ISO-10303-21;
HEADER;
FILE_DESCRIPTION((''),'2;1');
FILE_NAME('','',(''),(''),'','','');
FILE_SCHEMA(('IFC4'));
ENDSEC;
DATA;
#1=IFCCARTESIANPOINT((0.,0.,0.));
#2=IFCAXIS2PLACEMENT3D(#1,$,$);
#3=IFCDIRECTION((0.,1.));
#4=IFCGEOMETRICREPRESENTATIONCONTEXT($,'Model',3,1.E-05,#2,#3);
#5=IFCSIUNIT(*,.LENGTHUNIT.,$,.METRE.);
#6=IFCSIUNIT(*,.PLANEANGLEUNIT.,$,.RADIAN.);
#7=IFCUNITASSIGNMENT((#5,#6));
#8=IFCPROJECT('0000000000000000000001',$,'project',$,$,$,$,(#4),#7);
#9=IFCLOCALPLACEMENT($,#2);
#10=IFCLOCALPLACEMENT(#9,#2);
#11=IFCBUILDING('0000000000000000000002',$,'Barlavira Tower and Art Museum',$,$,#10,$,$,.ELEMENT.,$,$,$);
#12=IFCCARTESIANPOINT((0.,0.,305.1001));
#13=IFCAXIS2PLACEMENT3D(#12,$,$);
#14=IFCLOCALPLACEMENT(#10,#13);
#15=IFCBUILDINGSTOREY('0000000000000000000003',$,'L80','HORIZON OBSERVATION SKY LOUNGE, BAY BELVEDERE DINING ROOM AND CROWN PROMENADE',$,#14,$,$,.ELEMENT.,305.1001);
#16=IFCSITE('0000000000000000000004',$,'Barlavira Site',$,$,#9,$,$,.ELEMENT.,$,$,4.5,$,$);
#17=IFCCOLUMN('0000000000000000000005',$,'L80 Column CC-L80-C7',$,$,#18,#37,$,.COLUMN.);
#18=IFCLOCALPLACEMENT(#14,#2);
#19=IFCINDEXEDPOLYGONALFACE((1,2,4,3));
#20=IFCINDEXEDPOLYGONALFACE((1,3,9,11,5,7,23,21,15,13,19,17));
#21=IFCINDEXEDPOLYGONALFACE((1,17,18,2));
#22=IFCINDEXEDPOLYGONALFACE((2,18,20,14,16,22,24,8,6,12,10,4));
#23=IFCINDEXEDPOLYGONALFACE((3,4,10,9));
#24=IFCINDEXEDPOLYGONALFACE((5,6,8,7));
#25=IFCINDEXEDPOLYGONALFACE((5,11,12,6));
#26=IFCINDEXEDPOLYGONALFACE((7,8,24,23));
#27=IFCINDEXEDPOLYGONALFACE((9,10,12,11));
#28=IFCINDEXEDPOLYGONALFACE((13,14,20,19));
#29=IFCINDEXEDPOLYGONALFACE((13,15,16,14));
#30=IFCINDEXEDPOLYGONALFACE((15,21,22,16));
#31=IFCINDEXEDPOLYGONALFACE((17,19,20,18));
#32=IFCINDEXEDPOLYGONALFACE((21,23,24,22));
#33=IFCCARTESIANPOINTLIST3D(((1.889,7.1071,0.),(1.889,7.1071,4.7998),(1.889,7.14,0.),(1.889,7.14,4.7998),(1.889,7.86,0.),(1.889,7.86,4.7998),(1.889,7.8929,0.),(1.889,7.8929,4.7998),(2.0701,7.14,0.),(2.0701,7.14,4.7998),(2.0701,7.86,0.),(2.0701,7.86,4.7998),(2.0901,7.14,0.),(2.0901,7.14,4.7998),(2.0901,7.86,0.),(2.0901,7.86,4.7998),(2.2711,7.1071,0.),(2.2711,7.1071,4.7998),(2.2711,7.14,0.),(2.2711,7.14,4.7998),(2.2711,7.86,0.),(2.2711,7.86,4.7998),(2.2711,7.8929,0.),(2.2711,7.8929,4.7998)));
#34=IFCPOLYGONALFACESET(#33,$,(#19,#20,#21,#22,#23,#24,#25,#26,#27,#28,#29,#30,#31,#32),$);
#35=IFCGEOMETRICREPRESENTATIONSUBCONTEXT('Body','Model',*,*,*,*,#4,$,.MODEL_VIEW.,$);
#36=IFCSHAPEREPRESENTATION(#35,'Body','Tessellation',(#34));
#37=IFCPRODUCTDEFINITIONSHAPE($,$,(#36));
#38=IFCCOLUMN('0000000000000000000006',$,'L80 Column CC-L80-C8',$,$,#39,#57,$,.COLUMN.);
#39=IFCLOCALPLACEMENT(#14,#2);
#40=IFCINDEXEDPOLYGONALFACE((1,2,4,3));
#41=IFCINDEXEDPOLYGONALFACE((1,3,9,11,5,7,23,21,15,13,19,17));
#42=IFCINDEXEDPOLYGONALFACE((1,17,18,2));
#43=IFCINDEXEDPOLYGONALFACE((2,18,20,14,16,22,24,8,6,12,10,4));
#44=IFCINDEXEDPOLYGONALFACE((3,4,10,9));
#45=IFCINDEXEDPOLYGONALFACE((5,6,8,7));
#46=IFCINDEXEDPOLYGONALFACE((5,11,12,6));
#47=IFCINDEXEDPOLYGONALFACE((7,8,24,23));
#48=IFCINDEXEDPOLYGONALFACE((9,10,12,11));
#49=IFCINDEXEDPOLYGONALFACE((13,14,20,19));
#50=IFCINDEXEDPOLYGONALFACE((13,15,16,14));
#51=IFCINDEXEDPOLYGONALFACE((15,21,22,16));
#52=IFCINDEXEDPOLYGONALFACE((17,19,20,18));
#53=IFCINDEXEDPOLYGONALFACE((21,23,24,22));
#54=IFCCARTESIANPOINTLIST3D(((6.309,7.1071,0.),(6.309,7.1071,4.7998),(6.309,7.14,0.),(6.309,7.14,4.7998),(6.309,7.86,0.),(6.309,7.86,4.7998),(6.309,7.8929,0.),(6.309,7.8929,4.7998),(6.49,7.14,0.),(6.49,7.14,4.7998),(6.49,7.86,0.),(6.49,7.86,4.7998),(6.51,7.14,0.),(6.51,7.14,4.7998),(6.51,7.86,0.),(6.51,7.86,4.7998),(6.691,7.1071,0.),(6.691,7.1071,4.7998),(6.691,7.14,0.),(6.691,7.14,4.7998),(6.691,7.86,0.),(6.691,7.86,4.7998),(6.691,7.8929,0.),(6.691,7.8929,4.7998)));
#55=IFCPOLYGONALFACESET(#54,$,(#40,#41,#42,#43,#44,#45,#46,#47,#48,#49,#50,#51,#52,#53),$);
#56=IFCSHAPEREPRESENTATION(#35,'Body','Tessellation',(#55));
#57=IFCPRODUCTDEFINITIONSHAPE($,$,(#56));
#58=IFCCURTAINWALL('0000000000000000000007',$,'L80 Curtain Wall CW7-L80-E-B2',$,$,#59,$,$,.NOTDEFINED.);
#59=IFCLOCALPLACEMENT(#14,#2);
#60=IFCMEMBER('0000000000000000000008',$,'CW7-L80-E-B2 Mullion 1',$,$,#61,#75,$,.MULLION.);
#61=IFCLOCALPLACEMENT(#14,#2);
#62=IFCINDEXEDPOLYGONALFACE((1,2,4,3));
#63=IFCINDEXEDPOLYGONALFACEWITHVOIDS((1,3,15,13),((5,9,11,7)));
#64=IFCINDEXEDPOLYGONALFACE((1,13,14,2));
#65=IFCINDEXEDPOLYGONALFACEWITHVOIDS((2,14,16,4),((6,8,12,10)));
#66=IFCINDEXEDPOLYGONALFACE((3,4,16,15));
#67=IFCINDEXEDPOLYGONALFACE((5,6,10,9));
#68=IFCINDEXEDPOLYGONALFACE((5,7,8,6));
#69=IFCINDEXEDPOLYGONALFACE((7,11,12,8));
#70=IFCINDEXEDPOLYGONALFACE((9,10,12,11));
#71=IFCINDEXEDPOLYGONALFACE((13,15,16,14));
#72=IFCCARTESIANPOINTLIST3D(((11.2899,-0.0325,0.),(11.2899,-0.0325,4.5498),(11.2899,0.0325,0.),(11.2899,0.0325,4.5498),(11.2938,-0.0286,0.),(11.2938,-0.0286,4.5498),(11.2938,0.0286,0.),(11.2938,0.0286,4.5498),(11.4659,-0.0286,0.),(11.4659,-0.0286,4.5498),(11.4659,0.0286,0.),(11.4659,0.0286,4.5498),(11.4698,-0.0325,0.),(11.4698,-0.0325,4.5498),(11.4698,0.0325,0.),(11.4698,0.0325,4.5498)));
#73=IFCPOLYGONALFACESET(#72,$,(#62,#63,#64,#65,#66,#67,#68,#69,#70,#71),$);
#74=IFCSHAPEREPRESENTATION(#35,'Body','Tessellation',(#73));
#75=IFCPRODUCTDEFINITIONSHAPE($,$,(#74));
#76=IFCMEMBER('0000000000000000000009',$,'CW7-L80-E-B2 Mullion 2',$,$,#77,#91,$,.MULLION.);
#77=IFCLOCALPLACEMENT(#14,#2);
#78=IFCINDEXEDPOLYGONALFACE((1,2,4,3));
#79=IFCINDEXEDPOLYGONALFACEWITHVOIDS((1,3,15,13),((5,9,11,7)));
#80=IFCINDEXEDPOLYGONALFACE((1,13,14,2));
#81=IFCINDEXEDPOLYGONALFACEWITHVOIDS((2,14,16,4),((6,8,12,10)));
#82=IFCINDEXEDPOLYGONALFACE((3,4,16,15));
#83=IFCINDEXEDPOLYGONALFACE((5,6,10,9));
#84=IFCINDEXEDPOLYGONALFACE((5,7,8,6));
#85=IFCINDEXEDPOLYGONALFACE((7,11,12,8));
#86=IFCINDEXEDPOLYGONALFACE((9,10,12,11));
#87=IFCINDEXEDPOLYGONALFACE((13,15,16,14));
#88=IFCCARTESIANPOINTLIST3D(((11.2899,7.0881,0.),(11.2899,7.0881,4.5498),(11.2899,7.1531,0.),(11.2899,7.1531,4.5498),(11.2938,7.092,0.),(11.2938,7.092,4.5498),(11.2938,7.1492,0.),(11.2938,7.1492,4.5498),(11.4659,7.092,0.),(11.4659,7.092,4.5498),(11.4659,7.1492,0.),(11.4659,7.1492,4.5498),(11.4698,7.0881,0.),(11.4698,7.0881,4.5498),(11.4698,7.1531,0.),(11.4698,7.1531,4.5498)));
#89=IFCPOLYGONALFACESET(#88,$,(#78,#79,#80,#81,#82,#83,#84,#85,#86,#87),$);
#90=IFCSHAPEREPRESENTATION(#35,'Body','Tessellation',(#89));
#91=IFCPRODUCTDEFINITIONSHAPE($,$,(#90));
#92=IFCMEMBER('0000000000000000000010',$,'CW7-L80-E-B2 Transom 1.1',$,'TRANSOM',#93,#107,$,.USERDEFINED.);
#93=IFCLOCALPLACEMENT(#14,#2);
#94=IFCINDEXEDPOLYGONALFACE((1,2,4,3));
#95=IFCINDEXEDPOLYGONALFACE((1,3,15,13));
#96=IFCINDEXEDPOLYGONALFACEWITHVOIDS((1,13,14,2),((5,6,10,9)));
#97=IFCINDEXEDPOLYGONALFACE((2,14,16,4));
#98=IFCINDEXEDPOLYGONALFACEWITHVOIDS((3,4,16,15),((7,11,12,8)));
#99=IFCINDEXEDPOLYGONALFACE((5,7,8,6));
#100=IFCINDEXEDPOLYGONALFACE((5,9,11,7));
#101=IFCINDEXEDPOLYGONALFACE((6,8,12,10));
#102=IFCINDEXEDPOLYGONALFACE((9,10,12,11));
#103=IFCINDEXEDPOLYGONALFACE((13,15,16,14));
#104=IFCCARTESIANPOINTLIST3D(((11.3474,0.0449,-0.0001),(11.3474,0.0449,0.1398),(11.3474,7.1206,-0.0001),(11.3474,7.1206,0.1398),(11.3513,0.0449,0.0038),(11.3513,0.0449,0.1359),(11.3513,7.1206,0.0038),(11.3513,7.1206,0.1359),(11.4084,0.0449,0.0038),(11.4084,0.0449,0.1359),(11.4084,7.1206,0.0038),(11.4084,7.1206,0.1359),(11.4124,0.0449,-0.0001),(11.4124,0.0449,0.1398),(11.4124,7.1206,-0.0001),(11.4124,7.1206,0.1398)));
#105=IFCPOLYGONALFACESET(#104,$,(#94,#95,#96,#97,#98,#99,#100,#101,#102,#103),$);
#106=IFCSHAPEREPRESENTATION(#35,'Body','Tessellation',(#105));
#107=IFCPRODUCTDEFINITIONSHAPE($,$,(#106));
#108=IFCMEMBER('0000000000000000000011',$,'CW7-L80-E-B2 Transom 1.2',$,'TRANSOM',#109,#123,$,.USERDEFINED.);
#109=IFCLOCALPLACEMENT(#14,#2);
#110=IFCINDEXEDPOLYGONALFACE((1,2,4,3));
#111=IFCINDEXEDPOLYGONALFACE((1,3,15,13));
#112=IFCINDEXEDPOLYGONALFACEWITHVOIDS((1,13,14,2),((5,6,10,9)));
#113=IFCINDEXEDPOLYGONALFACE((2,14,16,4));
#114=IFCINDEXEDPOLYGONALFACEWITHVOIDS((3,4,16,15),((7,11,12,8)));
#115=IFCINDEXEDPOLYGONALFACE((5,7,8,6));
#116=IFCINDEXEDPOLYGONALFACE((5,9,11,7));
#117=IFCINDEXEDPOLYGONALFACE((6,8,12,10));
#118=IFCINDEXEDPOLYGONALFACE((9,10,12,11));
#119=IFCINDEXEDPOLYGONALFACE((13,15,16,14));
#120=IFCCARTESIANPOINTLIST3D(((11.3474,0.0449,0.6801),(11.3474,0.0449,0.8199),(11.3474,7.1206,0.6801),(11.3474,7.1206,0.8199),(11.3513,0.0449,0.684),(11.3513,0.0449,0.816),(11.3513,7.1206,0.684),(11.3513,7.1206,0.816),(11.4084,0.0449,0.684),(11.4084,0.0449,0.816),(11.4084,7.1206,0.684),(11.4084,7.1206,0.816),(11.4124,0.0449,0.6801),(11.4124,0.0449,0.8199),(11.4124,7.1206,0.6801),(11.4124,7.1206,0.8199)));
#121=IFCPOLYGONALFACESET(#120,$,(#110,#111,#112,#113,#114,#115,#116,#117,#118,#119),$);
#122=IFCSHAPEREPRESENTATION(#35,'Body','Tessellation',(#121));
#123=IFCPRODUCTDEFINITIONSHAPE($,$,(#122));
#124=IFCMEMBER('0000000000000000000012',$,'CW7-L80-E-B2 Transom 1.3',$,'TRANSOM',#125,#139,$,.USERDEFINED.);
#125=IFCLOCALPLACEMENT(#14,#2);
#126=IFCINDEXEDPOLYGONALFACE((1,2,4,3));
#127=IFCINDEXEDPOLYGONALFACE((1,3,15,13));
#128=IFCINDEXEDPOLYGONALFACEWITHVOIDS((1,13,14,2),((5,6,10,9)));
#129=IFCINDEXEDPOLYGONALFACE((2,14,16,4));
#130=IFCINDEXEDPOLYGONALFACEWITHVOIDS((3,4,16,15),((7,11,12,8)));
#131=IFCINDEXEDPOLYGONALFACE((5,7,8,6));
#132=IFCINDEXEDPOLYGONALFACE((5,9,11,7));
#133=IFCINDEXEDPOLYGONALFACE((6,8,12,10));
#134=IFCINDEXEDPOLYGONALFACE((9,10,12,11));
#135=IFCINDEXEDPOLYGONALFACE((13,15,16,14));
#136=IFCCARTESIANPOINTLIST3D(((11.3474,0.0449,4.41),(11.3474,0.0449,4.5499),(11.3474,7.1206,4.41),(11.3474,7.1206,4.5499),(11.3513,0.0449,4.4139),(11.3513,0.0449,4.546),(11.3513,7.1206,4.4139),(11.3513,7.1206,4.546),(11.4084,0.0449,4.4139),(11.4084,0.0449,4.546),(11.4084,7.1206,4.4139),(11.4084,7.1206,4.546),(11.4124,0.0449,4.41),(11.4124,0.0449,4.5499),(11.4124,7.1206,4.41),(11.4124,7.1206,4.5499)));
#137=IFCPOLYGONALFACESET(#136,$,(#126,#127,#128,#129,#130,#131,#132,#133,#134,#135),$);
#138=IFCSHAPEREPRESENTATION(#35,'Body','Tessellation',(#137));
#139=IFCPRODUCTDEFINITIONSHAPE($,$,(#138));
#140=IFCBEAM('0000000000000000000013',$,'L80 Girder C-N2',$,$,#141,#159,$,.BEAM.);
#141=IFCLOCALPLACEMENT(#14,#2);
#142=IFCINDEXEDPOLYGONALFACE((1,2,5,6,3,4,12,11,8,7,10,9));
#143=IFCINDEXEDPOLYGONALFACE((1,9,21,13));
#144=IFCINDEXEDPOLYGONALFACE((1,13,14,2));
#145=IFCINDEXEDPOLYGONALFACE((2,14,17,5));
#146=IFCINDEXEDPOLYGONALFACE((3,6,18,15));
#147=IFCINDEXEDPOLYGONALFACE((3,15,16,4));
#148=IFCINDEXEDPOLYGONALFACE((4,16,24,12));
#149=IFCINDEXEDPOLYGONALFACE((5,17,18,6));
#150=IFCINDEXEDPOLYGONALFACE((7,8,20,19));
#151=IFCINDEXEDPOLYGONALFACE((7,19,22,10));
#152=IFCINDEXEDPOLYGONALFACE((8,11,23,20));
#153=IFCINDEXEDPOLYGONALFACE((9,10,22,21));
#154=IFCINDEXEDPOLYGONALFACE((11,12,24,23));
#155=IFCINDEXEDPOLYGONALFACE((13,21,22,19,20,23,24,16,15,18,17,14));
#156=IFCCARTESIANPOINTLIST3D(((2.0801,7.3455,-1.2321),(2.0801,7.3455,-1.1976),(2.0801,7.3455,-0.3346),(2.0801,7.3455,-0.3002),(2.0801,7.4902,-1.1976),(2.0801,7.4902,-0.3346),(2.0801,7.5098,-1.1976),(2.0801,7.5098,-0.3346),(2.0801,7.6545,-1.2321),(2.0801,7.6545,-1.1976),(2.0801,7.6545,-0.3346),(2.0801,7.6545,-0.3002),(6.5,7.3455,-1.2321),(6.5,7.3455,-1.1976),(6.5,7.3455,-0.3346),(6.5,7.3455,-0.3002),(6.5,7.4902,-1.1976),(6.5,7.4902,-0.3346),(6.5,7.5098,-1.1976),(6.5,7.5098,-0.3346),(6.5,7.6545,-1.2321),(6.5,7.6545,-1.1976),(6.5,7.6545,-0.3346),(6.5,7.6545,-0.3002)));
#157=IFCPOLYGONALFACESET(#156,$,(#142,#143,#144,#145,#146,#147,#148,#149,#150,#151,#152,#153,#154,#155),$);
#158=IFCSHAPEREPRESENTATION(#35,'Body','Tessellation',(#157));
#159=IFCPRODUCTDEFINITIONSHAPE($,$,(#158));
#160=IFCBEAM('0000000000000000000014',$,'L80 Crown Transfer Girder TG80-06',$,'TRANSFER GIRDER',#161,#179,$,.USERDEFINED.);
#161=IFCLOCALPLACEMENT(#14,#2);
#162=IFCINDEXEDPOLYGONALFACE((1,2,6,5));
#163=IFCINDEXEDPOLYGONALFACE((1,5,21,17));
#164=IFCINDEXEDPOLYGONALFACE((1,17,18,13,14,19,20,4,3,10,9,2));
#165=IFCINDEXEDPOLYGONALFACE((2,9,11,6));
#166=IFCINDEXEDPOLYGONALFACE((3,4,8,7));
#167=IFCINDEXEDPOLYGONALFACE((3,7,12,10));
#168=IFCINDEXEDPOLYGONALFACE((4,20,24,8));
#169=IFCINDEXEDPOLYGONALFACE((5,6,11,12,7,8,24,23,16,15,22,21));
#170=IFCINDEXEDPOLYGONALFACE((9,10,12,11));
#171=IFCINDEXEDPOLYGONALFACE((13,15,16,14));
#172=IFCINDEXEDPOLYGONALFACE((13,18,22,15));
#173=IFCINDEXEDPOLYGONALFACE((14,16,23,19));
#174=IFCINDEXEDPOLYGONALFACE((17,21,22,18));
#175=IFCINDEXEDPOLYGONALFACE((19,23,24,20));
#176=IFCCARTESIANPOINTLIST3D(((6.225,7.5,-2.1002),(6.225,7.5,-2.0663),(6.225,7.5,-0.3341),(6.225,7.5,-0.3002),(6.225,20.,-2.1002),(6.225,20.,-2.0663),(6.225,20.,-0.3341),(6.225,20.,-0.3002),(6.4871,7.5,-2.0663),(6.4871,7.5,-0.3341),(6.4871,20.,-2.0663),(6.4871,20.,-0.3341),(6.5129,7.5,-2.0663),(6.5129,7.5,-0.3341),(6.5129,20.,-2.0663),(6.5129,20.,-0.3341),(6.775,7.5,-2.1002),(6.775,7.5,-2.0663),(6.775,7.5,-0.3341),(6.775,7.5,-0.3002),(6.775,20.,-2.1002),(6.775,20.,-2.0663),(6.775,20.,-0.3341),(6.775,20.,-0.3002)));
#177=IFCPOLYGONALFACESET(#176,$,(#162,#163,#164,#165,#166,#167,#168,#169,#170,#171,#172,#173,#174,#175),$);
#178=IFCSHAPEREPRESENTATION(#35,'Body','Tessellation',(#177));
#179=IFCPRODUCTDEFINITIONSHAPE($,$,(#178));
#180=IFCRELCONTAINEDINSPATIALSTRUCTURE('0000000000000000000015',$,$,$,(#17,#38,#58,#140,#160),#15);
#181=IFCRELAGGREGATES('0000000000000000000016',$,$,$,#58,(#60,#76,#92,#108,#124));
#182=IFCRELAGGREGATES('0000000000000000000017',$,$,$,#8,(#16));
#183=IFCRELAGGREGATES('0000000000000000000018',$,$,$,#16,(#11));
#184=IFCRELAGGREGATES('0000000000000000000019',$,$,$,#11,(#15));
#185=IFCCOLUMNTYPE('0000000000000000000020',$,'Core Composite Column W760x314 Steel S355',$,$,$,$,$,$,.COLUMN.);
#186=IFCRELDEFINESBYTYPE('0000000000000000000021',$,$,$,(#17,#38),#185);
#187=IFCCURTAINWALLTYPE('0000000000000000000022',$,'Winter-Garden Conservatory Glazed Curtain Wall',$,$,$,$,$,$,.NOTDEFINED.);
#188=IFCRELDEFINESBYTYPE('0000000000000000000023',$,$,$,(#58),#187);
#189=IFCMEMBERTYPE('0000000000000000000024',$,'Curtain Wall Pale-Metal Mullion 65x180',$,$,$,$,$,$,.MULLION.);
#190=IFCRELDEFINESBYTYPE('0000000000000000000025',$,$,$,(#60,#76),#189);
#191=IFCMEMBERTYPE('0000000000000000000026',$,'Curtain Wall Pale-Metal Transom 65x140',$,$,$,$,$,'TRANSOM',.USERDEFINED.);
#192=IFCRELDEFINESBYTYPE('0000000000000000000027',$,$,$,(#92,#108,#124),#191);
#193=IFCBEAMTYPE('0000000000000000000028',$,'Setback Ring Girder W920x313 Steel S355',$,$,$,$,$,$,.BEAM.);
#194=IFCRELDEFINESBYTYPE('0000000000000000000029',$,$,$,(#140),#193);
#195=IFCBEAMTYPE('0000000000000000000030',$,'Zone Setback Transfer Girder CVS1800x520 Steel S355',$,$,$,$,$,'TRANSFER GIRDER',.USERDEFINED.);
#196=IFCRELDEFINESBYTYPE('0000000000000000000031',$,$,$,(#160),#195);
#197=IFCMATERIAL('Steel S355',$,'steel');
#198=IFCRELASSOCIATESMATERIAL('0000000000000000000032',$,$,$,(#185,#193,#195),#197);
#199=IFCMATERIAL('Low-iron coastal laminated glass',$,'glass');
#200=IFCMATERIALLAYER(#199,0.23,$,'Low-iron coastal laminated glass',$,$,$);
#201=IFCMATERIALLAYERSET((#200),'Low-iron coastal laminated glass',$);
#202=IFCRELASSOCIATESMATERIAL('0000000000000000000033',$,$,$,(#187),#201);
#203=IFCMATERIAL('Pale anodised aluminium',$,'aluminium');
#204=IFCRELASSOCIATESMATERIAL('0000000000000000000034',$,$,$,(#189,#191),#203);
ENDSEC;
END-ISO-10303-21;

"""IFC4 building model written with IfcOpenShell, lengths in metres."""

from ifc_helpers import new_model, si_unit, direction, frame, origin, origin_2d, place, context, subcontext, project, spatial, hollow_rectangle, i_section, extrude, material, layer, layer_set, material_profile, profile_set, type_object, element, aggregate, save


model = new_model("IFC4")

# Units and contexts
model_context = context("Model", 3, precision=1e-05, world=origin(), true_north=direction((0.0, 1.0)))
body_context = subcontext(model_context, "Body", "Model", "MODEL_VIEW")
ifc_project = project(units=[si_unit("LENGTHUNIT", "METRE"), si_unit("PLANEANGLEUNIT", "RADIAN")], contexts=[model_context])

# Site, building, storey
site_placement = place(None, origin())
site = spatial("IfcSite", under=ifc_project, at=site_placement, Name="Barlavira Site", CompositionType="ELEMENT", RefElevation=4.5)
building_placement = place(site_placement, origin())
building = spatial("IfcBuilding", under=site, at=building_placement, Name="Barlavira Tower and Art Museum", CompositionType="ELEMENT")
storey_placement = place(building_placement, frame((0.0, 0.0, 305.1001)))
storey = spatial("IfcBuildingStorey", under=building, at=storey_placement, Name="L80", Description="HORIZON OBSERVATION SKY LOUNGE, BAY BELVEDERE DINING ROOM AND CROWN PROMENADE", CompositionType="ELEMENT", Elevation=305.1001)

# Columns
ifc_material_1 = material(Name="Steel S355", Category="steel")
ifc_material_profile_1 = material_profile(ifc_material_1, i_section(OverallWidth=0.3821, OverallDepth=0.7859, WebThickness=0.02, FlangeThickness=0.033, at=origin_2d()), Name="W760x314.0")
ifc_profile_set_1 = profile_set([ifc_material_profile_1], Name="Steel S355")
column_type = type_object("IfcColumnType", Name="Core Composite Column W760x314 Steel S355", PredefinedType="COLUMN", material=ifc_profile_set_1)
for number, where, z_axis, x_axis, name in (
    (1, (2.0801, 7.5, 0.0), (0.0, 0.0, 1.0), (1.0, 0.0, 0.0), "L80 Column CC-L80-C7"),
    (2, (6.5, 7.5, 0.0), (0.0, 0.0, 1.0), (1.0, 0.0, 0.0), "L80 Column CC-L80-C8"),
):
    element("IfcColumn", number, at=place(storey_placement, frame(where, z_axis=z_axis, x_axis=x_axis)), inside=storey, type_object=column_type, Name=name, PredefinedType="COLUMN", context=body_context, shape_type="SweptSolid", body=[
        extrude(i_section(OverallWidth=0.3821, OverallDepth=0.7859, WebThickness=0.02, FlangeThickness=0.033, at=origin_2d()), origin(), (0.0, 0.0, 1.0), 4.7998),
    ])

# Curtain wall, members
ifc_material_2 = material(Name="Low-iron coastal laminated glass", Category="glass")
ifc_layer_1 = layer(ifc_material_2, 0.23, Name="Low-iron coastal laminated glass")
ifc_layer_set_1 = layer_set([ifc_layer_1], Name="Low-iron coastal laminated glass")
curtain_wall_type = type_object("IfcCurtainWallType", Name="Winter-Garden Conservatory Glazed Curtain Wall", PredefinedType="NOTDEFINED", material=ifc_layer_set_1)
curtain_wall_placement = place(storey_placement, origin())
curtain_wall = element("IfcCurtainWall", 3, at=curtain_wall_placement, inside=storey, type_object=curtain_wall_type, Name="L80 Curtain Wall CW7-L80-E-B2", PredefinedType="NOTDEFINED")
ifc_material_3 = material(Name="Pale anodised aluminium", Category="aluminium")
ifc_material_profile_2 = material_profile(ifc_material_3, hollow_rectangle(XDim=0.0649, YDim=0.1799, WallThickness=0.0039, at=origin_2d()), Name="ALU-MULL 65x180x4")
ifc_profile_set_2 = profile_set([ifc_material_profile_2], Name="Pale anodised aluminium")
member_type_1 = type_object("IfcMemberType", Name="Curtain Wall Pale-Metal Mullion 65x180", PredefinedType="MULLION", material=ifc_profile_set_2)
member_1_placement = place(storey_placement, frame((11.3799, 0.0, 0.0), z_axis=(0.0, 0.0, 1.0), x_axis=(0.0, 1.0, 0.0)))
member_1 = element("IfcMember", 4, at=member_1_placement, type_object=member_type_1, Name="CW7-L80-E-B2 Mullion 1", PredefinedType="MULLION", context=body_context, shape_type="SweptSolid", body=[
    extrude(hollow_rectangle(XDim=0.0649, YDim=0.1799, WallThickness=0.0039, at=origin_2d()), origin(), (0.0, 0.0, 1.0), 4.5498),
])
member_2_placement = place(storey_placement, frame((11.3799, 7.1206, 0.0), z_axis=(0.0, 0.0, 1.0), x_axis=(0.0, 1.0, 0.0)))
member_2 = element("IfcMember", 5, at=member_2_placement, type_object=member_type_1, Name="CW7-L80-E-B2 Mullion 2", PredefinedType="MULLION", context=body_context, shape_type="SweptSolid", body=[
    extrude(hollow_rectangle(XDim=0.0649, YDim=0.1799, WallThickness=0.0039, at=origin_2d()), origin(), (0.0, 0.0, 1.0), 4.5498),
])
ifc_material_profile_3 = material_profile(ifc_material_3, hollow_rectangle(XDim=0.0649, YDim=0.1399, WallThickness=0.0039, at=origin_2d()), Name="ALU-TRAN 65x140x4")
ifc_profile_set_3 = profile_set([ifc_material_profile_3], Name="Pale anodised aluminium")
member_type_2 = type_object("IfcMemberType", Name="Curtain Wall Pale-Metal Transom 65x140", ElementType="TRANSOM", PredefinedType="USERDEFINED", material=ifc_profile_set_3)
member_3_placement = place(storey_placement, frame((11.3799, 0.0449, 0.0698), z_axis=(0.0, 1.0, 0.0), x_axis=(-1.0, 0.0, 0.0)))
member_3 = element("IfcMember", 6, at=member_3_placement, type_object=member_type_2, Name="CW7-L80-E-B2 Transom 1.1", ObjectType="TRANSOM", PredefinedType="USERDEFINED", context=body_context, shape_type="SweptSolid", body=[
    extrude(hollow_rectangle(XDim=0.0649, YDim=0.1399, WallThickness=0.0039, at=origin_2d()), origin(), (0.0, 0.0, 1.0), 7.0757),
])
member_4_placement = place(storey_placement, frame((11.3799, 0.0449, 0.75), z_axis=(0.0, 1.0, 0.0), x_axis=(-1.0, 0.0, 0.0)))
member_4 = element("IfcMember", 7, at=member_4_placement, type_object=member_type_2, Name="CW7-L80-E-B2 Transom 1.2", ObjectType="TRANSOM", PredefinedType="USERDEFINED", context=body_context, shape_type="SweptSolid", body=[
    extrude(hollow_rectangle(XDim=0.0649, YDim=0.1399, WallThickness=0.0039, at=origin_2d()), origin(), (0.0, 0.0, 1.0), 7.0757),
])
member_5_placement = place(storey_placement, frame((11.3799, 0.0449, 4.48), z_axis=(0.0, 1.0, 0.0), x_axis=(-1.0, 0.0, 0.0)))
member_5 = element("IfcMember", 8, at=member_5_placement, type_object=member_type_2, Name="CW7-L80-E-B2 Transom 1.3", ObjectType="TRANSOM", PredefinedType="USERDEFINED", context=body_context, shape_type="SweptSolid", body=[
    extrude(hollow_rectangle(XDim=0.0649, YDim=0.1399, WallThickness=0.0039, at=origin_2d()), origin(), (0.0, 0.0, 1.0), 7.0757),
])

# Beams
ifc_material_profile_4 = material_profile(ifc_material_1, i_section(OverallWidth=0.3091, OverallDepth=0.9319, WebThickness=0.0195, FlangeThickness=0.0344, at=origin_2d()), Name="W920x313.0")
ifc_profile_set_4 = profile_set([ifc_material_profile_4], Name="Steel S355")
beam_type_1 = type_object("IfcBeamType", Name="Setback Ring Girder W920x313 Steel S355", PredefinedType="BEAM", material=ifc_profile_set_4)
beam_1_placement = place(storey_placement, frame((2.0801, 7.5, -0.7661), z_axis=(1.0, 0.0, 0.0), x_axis=(0.0, 1.0, 0.0)))
element("IfcBeam", 9, at=beam_1_placement, inside=storey, type_object=beam_type_1, Name="L80 Girder C-N2", PredefinedType="BEAM", context=body_context, shape_type="SweptSolid", body=[
    extrude(i_section(OverallWidth=0.3091, OverallDepth=0.9319, WebThickness=0.0195, FlangeThickness=0.0344, at=origin_2d()), origin(), (0.0, 0.0, 1.0), 4.4199),
])
ifc_material_profile_5 = material_profile(ifc_material_1, i_section(OverallWidth=0.55, OverallDepth=1.8, WebThickness=0.0259, FlangeThickness=0.0339, at=origin_2d()), Name="CVS1800x520")
ifc_profile_set_5 = profile_set([ifc_material_profile_5], Name="Steel S355")
beam_type_2 = type_object("IfcBeamType", Name="Zone Setback Transfer Girder CVS1800x520 Steel S355", ElementType="TRANSFER GIRDER", PredefinedType="USERDEFINED", material=ifc_profile_set_5)
beam_2_placement = place(storey_placement, frame((6.5, 7.5, -1.2002), z_axis=(0.0, 1.0, 0.0), x_axis=(-1.0, 0.0, 0.0)))
element("IfcBeam", 10, at=beam_2_placement, inside=storey, type_object=beam_type_2, Name="L80 Crown Transfer Girder TG80-06", ObjectType="TRANSFER GIRDER", PredefinedType="USERDEFINED", context=body_context, shape_type="SweptSolid", body=[
    extrude(i_section(OverallWidth=0.55, OverallDepth=1.8, WebThickness=0.0259, FlangeThickness=0.0339, at=origin_2d()), origin(), (0.0, 0.0, 1.0), 12.5),
])

aggregate(curtain_wall, [member_1, member_2, member_3, member_4, member_5])

save(model, "model.ifc")
